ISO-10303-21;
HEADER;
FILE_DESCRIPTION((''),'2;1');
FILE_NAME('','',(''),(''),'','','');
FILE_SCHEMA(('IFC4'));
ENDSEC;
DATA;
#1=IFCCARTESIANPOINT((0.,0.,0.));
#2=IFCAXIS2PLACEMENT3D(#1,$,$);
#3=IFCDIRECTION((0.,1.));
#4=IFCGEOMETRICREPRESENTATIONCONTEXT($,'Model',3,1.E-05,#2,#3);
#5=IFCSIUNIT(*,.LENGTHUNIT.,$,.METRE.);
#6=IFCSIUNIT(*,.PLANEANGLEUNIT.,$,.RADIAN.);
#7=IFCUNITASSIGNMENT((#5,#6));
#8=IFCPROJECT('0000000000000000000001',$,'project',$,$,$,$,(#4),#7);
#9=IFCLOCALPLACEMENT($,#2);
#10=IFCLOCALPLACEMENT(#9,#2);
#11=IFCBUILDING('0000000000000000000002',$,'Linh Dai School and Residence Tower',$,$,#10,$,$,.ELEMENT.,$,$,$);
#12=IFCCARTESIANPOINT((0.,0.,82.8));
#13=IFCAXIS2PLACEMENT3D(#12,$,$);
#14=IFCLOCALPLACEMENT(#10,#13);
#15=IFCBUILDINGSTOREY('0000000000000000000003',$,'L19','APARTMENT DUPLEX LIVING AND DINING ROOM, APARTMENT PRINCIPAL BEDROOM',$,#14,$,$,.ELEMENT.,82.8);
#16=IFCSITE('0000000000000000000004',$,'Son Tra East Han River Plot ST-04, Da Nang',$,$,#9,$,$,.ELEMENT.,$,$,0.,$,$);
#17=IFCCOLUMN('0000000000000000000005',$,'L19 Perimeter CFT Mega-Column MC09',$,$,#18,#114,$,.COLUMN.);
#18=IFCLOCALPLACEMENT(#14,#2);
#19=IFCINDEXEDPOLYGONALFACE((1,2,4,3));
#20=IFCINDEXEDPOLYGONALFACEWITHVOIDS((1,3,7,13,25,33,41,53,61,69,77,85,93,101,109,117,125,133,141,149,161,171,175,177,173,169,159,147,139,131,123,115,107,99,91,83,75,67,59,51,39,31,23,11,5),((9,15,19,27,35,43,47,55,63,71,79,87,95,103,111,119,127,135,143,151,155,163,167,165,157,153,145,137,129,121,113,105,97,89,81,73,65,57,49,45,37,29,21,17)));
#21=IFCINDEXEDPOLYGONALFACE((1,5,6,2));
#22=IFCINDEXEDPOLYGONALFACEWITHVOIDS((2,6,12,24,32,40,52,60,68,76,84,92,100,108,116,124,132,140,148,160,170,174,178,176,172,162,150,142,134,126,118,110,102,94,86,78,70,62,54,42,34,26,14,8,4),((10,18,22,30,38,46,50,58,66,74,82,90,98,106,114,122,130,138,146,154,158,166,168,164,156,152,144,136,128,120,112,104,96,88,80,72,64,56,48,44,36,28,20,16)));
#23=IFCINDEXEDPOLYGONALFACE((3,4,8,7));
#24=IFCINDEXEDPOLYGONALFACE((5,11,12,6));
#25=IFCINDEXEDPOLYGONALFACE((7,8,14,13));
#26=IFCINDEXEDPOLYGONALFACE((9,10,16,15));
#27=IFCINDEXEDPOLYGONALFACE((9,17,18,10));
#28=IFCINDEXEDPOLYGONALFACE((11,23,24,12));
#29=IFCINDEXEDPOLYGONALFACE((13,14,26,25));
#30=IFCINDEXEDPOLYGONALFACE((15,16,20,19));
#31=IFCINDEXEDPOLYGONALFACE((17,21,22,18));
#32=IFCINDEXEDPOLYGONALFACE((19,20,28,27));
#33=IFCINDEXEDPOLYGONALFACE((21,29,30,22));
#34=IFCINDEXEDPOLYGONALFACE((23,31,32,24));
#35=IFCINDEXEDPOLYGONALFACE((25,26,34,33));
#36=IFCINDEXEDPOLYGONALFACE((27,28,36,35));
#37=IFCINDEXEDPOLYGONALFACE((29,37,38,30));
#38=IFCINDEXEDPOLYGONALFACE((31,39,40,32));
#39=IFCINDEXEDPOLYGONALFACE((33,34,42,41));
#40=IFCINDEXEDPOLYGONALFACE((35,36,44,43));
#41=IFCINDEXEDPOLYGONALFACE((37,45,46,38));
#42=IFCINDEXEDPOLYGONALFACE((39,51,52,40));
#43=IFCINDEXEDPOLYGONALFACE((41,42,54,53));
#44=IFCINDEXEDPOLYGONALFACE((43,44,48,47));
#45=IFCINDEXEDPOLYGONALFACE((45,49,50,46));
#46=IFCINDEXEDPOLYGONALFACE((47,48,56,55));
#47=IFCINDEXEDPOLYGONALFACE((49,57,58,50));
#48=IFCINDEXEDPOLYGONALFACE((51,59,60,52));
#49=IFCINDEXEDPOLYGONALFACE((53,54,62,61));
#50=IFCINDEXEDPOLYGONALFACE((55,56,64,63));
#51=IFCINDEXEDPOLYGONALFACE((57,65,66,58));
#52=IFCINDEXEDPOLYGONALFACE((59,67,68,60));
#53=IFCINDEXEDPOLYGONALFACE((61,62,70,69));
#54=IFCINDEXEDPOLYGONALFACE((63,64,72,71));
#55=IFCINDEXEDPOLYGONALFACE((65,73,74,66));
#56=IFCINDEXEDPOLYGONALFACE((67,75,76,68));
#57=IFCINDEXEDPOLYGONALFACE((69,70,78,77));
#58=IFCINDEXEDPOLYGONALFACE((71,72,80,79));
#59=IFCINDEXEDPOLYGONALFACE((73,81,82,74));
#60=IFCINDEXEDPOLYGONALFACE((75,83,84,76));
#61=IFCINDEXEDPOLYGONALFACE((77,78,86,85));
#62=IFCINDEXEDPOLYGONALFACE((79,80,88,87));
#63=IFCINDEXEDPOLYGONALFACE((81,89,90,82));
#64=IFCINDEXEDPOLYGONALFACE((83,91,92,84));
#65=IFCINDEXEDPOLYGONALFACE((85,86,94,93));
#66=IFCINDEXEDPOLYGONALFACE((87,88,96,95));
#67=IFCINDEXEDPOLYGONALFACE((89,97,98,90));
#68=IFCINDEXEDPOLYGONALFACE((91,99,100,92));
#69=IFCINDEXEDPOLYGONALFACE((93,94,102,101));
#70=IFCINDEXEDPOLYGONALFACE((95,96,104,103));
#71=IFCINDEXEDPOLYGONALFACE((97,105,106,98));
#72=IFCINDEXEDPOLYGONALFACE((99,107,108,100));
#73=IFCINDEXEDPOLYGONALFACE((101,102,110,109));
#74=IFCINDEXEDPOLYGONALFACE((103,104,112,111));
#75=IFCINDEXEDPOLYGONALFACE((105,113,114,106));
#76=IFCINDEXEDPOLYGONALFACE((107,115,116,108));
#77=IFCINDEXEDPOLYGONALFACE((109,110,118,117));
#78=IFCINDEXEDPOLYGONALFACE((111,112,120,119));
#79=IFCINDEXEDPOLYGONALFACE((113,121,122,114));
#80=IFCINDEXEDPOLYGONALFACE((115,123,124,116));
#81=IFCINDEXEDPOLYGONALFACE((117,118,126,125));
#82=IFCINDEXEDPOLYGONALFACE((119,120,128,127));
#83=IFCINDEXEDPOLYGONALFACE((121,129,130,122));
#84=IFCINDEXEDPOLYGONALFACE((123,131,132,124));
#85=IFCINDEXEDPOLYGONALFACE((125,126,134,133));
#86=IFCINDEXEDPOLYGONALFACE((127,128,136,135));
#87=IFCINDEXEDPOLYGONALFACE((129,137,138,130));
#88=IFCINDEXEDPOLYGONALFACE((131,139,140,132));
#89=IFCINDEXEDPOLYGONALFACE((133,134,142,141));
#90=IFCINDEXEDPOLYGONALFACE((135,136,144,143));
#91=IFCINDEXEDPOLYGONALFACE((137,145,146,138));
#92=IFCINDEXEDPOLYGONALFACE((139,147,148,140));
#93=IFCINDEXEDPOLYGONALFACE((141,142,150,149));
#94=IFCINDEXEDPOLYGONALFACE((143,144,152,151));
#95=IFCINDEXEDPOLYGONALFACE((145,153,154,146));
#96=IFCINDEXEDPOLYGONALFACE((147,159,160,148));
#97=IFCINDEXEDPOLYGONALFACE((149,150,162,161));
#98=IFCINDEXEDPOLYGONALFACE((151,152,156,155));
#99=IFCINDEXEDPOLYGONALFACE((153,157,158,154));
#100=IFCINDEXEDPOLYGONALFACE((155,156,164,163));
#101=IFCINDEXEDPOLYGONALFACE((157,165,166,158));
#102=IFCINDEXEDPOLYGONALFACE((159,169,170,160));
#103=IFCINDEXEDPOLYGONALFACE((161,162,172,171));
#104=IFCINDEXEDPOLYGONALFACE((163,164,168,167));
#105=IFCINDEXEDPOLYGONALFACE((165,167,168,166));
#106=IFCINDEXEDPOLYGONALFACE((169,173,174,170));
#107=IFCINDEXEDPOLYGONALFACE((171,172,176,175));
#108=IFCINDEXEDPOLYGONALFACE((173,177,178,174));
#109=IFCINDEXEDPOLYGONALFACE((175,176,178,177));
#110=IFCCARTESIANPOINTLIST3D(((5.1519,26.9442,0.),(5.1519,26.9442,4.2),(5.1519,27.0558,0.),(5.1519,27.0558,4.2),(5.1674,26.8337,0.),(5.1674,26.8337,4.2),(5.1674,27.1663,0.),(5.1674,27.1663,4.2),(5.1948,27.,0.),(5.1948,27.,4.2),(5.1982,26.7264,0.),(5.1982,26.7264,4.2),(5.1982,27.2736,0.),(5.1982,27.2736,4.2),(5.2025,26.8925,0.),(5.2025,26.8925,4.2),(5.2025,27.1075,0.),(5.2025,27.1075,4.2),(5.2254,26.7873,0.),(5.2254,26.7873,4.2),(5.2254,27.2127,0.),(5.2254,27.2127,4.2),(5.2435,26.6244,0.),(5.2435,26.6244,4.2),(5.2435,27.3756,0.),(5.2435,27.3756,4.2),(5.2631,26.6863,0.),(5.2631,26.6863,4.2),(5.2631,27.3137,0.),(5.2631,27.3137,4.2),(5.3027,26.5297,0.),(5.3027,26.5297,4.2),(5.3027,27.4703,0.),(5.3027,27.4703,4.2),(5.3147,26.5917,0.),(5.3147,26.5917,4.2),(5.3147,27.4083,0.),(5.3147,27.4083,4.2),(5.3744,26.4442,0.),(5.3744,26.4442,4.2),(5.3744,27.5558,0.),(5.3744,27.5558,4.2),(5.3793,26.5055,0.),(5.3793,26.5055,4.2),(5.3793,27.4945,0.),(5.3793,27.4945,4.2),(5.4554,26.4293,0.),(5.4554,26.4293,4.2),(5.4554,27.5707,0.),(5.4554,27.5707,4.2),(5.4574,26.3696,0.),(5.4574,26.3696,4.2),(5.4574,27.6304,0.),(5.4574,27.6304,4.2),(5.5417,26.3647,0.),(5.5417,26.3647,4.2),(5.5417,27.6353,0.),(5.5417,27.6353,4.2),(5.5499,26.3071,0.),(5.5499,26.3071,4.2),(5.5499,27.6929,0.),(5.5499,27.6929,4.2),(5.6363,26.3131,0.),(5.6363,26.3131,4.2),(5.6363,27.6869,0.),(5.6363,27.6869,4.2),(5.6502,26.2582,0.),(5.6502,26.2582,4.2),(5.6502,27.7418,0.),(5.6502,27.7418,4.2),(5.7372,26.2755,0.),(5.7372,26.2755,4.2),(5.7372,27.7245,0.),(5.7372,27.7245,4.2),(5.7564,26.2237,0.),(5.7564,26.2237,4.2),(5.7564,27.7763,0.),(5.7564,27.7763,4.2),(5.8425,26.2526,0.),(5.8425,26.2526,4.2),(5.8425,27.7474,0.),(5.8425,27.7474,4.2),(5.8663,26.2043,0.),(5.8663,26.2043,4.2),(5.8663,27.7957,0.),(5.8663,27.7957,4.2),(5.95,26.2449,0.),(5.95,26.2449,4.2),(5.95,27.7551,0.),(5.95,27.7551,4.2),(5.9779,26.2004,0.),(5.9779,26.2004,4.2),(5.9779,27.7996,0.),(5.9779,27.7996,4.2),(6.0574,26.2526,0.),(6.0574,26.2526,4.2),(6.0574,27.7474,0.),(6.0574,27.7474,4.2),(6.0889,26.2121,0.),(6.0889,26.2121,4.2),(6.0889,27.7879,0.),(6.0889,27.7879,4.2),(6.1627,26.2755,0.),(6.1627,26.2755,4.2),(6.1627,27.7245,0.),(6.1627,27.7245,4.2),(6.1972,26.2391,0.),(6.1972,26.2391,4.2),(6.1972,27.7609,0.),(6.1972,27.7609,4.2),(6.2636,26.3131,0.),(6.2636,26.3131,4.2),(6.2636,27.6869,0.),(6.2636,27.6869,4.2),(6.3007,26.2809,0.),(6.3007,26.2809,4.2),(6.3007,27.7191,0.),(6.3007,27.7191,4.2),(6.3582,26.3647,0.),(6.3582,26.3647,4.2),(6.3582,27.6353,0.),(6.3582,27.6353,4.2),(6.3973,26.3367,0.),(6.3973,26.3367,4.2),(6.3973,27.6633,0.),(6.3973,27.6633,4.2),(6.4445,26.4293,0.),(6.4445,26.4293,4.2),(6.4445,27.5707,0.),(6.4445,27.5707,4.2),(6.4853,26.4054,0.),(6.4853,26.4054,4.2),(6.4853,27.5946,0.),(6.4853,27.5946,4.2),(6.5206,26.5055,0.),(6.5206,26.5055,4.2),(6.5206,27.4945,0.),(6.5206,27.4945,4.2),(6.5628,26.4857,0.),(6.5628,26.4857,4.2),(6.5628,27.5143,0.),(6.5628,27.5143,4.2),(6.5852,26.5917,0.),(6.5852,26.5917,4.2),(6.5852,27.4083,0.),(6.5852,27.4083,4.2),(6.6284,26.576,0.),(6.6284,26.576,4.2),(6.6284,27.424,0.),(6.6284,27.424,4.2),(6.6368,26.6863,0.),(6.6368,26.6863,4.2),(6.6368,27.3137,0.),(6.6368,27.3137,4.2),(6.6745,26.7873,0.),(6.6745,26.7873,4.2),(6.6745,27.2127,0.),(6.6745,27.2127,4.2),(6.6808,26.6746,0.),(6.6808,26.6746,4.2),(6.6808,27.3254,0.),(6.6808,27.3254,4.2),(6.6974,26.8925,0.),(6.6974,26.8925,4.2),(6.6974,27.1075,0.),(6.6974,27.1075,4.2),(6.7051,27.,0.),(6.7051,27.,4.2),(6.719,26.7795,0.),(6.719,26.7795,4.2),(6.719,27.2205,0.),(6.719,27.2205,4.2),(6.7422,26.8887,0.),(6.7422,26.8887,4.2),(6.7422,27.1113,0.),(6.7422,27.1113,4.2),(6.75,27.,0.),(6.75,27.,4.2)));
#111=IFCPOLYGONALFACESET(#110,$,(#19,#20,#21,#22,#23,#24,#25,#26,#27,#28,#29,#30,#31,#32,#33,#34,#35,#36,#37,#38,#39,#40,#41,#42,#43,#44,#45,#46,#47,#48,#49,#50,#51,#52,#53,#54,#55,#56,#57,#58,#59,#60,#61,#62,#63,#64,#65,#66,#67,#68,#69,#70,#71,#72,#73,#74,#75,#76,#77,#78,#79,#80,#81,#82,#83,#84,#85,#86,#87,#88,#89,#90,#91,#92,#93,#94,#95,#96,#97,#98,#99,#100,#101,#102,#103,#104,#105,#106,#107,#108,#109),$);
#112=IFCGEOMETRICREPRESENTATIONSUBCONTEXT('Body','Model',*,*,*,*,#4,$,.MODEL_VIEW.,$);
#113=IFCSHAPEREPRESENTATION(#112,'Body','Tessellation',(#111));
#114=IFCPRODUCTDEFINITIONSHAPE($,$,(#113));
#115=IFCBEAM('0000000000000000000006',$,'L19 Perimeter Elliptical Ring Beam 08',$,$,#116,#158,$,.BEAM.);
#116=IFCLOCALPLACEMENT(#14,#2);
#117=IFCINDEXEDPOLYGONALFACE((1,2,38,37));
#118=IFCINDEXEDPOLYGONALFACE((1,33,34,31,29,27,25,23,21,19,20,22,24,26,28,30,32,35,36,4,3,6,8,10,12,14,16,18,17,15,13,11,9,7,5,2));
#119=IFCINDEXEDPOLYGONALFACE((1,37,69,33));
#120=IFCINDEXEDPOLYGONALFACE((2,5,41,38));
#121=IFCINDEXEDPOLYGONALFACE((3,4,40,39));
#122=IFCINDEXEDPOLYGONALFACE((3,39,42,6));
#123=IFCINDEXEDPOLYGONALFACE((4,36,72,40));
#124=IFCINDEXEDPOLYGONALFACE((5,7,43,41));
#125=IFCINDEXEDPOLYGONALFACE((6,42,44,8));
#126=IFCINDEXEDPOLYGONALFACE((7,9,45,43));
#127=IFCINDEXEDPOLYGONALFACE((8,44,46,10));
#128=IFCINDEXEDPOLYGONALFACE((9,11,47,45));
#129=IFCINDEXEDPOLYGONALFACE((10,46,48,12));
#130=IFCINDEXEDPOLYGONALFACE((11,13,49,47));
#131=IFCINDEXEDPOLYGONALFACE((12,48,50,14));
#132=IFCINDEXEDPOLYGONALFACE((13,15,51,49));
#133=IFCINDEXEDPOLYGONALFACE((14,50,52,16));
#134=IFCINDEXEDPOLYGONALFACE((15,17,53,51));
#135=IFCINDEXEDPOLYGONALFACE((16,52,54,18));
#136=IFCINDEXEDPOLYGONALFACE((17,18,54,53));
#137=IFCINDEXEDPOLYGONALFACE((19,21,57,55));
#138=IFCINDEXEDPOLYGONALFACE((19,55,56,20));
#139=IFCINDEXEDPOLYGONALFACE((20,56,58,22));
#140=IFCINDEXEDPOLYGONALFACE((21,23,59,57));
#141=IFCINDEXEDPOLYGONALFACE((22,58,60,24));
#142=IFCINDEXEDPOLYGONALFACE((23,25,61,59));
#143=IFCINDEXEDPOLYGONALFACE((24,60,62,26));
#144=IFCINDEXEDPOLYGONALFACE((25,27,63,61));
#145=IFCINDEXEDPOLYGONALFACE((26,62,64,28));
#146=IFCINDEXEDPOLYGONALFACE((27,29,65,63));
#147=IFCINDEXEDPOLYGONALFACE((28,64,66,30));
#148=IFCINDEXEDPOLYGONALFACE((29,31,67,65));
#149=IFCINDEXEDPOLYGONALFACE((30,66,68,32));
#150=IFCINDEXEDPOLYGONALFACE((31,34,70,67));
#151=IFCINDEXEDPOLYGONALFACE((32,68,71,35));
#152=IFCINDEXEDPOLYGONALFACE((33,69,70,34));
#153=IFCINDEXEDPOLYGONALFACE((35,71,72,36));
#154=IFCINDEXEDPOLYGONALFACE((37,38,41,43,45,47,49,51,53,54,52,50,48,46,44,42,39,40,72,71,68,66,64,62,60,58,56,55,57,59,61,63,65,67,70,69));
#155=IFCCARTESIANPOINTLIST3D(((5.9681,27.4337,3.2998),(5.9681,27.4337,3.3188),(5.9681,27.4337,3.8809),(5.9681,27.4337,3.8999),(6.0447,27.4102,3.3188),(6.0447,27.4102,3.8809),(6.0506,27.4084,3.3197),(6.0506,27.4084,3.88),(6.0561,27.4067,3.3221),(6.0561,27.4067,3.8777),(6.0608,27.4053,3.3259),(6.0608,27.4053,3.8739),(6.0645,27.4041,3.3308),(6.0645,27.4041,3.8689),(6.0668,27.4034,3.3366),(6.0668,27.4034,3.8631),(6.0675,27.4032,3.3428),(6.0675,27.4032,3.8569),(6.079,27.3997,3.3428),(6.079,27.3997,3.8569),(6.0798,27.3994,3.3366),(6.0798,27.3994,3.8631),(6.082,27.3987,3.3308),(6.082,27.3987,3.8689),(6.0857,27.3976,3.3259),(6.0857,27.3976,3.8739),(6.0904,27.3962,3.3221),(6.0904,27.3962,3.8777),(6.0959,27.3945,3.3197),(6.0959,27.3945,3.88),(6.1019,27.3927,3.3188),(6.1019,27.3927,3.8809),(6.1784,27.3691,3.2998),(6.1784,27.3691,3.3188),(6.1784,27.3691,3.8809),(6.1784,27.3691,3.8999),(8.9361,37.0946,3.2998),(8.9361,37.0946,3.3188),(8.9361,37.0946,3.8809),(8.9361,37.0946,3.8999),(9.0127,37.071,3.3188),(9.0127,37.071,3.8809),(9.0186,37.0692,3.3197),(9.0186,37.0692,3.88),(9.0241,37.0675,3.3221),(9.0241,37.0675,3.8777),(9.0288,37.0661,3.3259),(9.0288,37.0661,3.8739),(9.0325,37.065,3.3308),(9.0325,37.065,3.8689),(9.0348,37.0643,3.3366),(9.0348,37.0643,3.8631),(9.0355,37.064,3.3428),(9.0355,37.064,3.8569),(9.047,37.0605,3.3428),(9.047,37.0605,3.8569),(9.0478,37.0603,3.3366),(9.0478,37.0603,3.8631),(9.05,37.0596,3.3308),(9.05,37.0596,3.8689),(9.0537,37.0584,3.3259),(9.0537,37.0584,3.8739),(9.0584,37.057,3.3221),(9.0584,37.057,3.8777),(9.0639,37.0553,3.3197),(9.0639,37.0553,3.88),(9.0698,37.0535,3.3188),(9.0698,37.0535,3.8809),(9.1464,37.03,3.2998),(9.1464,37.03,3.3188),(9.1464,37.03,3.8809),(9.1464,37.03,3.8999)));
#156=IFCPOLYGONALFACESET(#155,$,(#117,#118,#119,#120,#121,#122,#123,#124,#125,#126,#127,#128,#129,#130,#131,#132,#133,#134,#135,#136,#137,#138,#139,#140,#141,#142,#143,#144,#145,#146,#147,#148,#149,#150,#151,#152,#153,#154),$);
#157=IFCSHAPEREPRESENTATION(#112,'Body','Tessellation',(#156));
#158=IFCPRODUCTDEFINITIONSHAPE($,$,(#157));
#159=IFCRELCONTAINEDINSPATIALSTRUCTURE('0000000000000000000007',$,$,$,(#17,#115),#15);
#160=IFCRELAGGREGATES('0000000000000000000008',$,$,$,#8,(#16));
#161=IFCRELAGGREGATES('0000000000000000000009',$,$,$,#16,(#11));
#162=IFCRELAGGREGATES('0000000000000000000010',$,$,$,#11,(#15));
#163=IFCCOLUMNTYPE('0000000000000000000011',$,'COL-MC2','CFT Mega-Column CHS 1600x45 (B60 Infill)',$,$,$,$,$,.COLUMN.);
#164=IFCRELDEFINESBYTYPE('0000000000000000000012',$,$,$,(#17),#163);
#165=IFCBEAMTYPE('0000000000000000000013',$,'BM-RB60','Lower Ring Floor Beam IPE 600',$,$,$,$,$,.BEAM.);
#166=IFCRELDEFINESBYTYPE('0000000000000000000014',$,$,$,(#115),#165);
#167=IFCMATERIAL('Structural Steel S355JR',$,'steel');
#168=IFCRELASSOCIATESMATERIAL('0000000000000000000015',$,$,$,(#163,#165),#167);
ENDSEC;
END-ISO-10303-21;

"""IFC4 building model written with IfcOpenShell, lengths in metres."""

from ifc_helpers import new_model, si_unit, direction, frame, origin, origin_2d, place, context, subcontext, project, spatial, hollow_circle, i_section, extrude, material, material_profile, profile_set, type_object, element, save


model = new_model("IFC4")

# Units and contexts
model_context = context("Model", 3, precision=1e-05, world=origin(), true_north=direction((0.0, 1.0)))
body_context = subcontext(model_context, "Body", "Model", "MODEL_VIEW")
ifc_project = project(units=[si_unit("LENGTHUNIT", "METRE"), si_unit("PLANEANGLEUNIT", "RADIAN")], contexts=[model_context])

# Site, building, storey
site_placement = place(None, origin())
site = spatial("IfcSite", under=ifc_project, at=site_placement, Name="Son Tra East Han River Plot ST-04, Da Nang", CompositionType="ELEMENT", RefElevation=0.0)
building_placement = place(site_placement, origin())
building = spatial("IfcBuilding", under=site, at=building_placement, Name="Linh Dai School and Residence Tower", CompositionType="ELEMENT")
storey_placement = place(building_placement, frame((0.0, 0.0, 82.8)))
storey = spatial("IfcBuildingStorey", under=building, at=storey_placement, Name="L19", Description="APARTMENT DUPLEX LIVING AND DINING ROOM, APARTMENT PRINCIPAL BEDROOM", CompositionType="ELEMENT", Elevation=82.8)

# Column
ifc_material_1 = material(Name="Structural Steel S355JR", Category="steel")
ifc_material_profile_1 = material_profile(ifc_material_1, hollow_circle(Radius=0.8, WallThickness=0.0449, at=origin_2d()), Name="CHS 1600x45")
ifc_profile_set_1 = profile_set([ifc_material_profile_1], Name="Structural Steel S355JR")
column_type_1 = type_object("IfcColumnType", Name="COL-MC2", Description="CFT Mega-Column CHS 1600x45 (B60 Infill)", PredefinedType="COLUMN", material=ifc_profile_set_1)
for number, where, z_axis, x_axis, name in (
    (1, (5.95, 27.0, 0.0), (0.0, 0.0, 1.0), (1.0, 0.0, 0.0), "L19 Perimeter CFT Mega-Column MC09"),
):
    element("IfcColumn", number, at=place(storey_placement, frame(where, z_axis=z_axis, x_axis=x_axis)), inside=storey, type_object=column_type_1, Name=name, PredefinedType="COLUMN", context=body_context, shape_type="SweptSolid", body=[
        extrude(hollow_circle(Radius=0.8, WallThickness=0.0449, at=origin_2d()), origin(), (0.0, 0.0, 1.0), 4.2),
    ])

# Beam
ifc_material_profile_2 = material_profile(ifc_material_1, i_section(OverallWidth=0.22, OverallDepth=0.6001, WebThickness=0.012, FlangeThickness=0.019, FilletRadius=0.0239, at=origin_2d()), Name="IPE 600")
ifc_profile_set_2 = profile_set([ifc_material_profile_2], Name="Structural Steel S355JR")
beam_type_1 = type_object("IfcBeamType", Name="BM-RB60", Description="Lower Ring Floor Beam IPE 600", PredefinedType="BEAM", material=ifc_profile_set_2)
beam_1_placement = place(storey_placement, frame((9.0413, 37.0623, 3.5999), z_axis=(-0.293673, -0.955906, 0.0), x_axis=(0.955906, -0.293673, 0.0)))
element("IfcBeam", 2, at=beam_1_placement, inside=storey, type_object=beam_type_1, Name="L19 Perimeter Elliptical Ring Beam 08", PredefinedType="BEAM", context=body_context, shape_type="SweptSolid", body=[
    extrude(i_section(OverallWidth=0.22, OverallDepth=0.6001, WebThickness=0.012, FlangeThickness=0.019, FilletRadius=0.0239, at=origin_2d()), origin(), (0.0, 0.0, 1.0), 10.1064),
])

save(model, "model.ifc")
